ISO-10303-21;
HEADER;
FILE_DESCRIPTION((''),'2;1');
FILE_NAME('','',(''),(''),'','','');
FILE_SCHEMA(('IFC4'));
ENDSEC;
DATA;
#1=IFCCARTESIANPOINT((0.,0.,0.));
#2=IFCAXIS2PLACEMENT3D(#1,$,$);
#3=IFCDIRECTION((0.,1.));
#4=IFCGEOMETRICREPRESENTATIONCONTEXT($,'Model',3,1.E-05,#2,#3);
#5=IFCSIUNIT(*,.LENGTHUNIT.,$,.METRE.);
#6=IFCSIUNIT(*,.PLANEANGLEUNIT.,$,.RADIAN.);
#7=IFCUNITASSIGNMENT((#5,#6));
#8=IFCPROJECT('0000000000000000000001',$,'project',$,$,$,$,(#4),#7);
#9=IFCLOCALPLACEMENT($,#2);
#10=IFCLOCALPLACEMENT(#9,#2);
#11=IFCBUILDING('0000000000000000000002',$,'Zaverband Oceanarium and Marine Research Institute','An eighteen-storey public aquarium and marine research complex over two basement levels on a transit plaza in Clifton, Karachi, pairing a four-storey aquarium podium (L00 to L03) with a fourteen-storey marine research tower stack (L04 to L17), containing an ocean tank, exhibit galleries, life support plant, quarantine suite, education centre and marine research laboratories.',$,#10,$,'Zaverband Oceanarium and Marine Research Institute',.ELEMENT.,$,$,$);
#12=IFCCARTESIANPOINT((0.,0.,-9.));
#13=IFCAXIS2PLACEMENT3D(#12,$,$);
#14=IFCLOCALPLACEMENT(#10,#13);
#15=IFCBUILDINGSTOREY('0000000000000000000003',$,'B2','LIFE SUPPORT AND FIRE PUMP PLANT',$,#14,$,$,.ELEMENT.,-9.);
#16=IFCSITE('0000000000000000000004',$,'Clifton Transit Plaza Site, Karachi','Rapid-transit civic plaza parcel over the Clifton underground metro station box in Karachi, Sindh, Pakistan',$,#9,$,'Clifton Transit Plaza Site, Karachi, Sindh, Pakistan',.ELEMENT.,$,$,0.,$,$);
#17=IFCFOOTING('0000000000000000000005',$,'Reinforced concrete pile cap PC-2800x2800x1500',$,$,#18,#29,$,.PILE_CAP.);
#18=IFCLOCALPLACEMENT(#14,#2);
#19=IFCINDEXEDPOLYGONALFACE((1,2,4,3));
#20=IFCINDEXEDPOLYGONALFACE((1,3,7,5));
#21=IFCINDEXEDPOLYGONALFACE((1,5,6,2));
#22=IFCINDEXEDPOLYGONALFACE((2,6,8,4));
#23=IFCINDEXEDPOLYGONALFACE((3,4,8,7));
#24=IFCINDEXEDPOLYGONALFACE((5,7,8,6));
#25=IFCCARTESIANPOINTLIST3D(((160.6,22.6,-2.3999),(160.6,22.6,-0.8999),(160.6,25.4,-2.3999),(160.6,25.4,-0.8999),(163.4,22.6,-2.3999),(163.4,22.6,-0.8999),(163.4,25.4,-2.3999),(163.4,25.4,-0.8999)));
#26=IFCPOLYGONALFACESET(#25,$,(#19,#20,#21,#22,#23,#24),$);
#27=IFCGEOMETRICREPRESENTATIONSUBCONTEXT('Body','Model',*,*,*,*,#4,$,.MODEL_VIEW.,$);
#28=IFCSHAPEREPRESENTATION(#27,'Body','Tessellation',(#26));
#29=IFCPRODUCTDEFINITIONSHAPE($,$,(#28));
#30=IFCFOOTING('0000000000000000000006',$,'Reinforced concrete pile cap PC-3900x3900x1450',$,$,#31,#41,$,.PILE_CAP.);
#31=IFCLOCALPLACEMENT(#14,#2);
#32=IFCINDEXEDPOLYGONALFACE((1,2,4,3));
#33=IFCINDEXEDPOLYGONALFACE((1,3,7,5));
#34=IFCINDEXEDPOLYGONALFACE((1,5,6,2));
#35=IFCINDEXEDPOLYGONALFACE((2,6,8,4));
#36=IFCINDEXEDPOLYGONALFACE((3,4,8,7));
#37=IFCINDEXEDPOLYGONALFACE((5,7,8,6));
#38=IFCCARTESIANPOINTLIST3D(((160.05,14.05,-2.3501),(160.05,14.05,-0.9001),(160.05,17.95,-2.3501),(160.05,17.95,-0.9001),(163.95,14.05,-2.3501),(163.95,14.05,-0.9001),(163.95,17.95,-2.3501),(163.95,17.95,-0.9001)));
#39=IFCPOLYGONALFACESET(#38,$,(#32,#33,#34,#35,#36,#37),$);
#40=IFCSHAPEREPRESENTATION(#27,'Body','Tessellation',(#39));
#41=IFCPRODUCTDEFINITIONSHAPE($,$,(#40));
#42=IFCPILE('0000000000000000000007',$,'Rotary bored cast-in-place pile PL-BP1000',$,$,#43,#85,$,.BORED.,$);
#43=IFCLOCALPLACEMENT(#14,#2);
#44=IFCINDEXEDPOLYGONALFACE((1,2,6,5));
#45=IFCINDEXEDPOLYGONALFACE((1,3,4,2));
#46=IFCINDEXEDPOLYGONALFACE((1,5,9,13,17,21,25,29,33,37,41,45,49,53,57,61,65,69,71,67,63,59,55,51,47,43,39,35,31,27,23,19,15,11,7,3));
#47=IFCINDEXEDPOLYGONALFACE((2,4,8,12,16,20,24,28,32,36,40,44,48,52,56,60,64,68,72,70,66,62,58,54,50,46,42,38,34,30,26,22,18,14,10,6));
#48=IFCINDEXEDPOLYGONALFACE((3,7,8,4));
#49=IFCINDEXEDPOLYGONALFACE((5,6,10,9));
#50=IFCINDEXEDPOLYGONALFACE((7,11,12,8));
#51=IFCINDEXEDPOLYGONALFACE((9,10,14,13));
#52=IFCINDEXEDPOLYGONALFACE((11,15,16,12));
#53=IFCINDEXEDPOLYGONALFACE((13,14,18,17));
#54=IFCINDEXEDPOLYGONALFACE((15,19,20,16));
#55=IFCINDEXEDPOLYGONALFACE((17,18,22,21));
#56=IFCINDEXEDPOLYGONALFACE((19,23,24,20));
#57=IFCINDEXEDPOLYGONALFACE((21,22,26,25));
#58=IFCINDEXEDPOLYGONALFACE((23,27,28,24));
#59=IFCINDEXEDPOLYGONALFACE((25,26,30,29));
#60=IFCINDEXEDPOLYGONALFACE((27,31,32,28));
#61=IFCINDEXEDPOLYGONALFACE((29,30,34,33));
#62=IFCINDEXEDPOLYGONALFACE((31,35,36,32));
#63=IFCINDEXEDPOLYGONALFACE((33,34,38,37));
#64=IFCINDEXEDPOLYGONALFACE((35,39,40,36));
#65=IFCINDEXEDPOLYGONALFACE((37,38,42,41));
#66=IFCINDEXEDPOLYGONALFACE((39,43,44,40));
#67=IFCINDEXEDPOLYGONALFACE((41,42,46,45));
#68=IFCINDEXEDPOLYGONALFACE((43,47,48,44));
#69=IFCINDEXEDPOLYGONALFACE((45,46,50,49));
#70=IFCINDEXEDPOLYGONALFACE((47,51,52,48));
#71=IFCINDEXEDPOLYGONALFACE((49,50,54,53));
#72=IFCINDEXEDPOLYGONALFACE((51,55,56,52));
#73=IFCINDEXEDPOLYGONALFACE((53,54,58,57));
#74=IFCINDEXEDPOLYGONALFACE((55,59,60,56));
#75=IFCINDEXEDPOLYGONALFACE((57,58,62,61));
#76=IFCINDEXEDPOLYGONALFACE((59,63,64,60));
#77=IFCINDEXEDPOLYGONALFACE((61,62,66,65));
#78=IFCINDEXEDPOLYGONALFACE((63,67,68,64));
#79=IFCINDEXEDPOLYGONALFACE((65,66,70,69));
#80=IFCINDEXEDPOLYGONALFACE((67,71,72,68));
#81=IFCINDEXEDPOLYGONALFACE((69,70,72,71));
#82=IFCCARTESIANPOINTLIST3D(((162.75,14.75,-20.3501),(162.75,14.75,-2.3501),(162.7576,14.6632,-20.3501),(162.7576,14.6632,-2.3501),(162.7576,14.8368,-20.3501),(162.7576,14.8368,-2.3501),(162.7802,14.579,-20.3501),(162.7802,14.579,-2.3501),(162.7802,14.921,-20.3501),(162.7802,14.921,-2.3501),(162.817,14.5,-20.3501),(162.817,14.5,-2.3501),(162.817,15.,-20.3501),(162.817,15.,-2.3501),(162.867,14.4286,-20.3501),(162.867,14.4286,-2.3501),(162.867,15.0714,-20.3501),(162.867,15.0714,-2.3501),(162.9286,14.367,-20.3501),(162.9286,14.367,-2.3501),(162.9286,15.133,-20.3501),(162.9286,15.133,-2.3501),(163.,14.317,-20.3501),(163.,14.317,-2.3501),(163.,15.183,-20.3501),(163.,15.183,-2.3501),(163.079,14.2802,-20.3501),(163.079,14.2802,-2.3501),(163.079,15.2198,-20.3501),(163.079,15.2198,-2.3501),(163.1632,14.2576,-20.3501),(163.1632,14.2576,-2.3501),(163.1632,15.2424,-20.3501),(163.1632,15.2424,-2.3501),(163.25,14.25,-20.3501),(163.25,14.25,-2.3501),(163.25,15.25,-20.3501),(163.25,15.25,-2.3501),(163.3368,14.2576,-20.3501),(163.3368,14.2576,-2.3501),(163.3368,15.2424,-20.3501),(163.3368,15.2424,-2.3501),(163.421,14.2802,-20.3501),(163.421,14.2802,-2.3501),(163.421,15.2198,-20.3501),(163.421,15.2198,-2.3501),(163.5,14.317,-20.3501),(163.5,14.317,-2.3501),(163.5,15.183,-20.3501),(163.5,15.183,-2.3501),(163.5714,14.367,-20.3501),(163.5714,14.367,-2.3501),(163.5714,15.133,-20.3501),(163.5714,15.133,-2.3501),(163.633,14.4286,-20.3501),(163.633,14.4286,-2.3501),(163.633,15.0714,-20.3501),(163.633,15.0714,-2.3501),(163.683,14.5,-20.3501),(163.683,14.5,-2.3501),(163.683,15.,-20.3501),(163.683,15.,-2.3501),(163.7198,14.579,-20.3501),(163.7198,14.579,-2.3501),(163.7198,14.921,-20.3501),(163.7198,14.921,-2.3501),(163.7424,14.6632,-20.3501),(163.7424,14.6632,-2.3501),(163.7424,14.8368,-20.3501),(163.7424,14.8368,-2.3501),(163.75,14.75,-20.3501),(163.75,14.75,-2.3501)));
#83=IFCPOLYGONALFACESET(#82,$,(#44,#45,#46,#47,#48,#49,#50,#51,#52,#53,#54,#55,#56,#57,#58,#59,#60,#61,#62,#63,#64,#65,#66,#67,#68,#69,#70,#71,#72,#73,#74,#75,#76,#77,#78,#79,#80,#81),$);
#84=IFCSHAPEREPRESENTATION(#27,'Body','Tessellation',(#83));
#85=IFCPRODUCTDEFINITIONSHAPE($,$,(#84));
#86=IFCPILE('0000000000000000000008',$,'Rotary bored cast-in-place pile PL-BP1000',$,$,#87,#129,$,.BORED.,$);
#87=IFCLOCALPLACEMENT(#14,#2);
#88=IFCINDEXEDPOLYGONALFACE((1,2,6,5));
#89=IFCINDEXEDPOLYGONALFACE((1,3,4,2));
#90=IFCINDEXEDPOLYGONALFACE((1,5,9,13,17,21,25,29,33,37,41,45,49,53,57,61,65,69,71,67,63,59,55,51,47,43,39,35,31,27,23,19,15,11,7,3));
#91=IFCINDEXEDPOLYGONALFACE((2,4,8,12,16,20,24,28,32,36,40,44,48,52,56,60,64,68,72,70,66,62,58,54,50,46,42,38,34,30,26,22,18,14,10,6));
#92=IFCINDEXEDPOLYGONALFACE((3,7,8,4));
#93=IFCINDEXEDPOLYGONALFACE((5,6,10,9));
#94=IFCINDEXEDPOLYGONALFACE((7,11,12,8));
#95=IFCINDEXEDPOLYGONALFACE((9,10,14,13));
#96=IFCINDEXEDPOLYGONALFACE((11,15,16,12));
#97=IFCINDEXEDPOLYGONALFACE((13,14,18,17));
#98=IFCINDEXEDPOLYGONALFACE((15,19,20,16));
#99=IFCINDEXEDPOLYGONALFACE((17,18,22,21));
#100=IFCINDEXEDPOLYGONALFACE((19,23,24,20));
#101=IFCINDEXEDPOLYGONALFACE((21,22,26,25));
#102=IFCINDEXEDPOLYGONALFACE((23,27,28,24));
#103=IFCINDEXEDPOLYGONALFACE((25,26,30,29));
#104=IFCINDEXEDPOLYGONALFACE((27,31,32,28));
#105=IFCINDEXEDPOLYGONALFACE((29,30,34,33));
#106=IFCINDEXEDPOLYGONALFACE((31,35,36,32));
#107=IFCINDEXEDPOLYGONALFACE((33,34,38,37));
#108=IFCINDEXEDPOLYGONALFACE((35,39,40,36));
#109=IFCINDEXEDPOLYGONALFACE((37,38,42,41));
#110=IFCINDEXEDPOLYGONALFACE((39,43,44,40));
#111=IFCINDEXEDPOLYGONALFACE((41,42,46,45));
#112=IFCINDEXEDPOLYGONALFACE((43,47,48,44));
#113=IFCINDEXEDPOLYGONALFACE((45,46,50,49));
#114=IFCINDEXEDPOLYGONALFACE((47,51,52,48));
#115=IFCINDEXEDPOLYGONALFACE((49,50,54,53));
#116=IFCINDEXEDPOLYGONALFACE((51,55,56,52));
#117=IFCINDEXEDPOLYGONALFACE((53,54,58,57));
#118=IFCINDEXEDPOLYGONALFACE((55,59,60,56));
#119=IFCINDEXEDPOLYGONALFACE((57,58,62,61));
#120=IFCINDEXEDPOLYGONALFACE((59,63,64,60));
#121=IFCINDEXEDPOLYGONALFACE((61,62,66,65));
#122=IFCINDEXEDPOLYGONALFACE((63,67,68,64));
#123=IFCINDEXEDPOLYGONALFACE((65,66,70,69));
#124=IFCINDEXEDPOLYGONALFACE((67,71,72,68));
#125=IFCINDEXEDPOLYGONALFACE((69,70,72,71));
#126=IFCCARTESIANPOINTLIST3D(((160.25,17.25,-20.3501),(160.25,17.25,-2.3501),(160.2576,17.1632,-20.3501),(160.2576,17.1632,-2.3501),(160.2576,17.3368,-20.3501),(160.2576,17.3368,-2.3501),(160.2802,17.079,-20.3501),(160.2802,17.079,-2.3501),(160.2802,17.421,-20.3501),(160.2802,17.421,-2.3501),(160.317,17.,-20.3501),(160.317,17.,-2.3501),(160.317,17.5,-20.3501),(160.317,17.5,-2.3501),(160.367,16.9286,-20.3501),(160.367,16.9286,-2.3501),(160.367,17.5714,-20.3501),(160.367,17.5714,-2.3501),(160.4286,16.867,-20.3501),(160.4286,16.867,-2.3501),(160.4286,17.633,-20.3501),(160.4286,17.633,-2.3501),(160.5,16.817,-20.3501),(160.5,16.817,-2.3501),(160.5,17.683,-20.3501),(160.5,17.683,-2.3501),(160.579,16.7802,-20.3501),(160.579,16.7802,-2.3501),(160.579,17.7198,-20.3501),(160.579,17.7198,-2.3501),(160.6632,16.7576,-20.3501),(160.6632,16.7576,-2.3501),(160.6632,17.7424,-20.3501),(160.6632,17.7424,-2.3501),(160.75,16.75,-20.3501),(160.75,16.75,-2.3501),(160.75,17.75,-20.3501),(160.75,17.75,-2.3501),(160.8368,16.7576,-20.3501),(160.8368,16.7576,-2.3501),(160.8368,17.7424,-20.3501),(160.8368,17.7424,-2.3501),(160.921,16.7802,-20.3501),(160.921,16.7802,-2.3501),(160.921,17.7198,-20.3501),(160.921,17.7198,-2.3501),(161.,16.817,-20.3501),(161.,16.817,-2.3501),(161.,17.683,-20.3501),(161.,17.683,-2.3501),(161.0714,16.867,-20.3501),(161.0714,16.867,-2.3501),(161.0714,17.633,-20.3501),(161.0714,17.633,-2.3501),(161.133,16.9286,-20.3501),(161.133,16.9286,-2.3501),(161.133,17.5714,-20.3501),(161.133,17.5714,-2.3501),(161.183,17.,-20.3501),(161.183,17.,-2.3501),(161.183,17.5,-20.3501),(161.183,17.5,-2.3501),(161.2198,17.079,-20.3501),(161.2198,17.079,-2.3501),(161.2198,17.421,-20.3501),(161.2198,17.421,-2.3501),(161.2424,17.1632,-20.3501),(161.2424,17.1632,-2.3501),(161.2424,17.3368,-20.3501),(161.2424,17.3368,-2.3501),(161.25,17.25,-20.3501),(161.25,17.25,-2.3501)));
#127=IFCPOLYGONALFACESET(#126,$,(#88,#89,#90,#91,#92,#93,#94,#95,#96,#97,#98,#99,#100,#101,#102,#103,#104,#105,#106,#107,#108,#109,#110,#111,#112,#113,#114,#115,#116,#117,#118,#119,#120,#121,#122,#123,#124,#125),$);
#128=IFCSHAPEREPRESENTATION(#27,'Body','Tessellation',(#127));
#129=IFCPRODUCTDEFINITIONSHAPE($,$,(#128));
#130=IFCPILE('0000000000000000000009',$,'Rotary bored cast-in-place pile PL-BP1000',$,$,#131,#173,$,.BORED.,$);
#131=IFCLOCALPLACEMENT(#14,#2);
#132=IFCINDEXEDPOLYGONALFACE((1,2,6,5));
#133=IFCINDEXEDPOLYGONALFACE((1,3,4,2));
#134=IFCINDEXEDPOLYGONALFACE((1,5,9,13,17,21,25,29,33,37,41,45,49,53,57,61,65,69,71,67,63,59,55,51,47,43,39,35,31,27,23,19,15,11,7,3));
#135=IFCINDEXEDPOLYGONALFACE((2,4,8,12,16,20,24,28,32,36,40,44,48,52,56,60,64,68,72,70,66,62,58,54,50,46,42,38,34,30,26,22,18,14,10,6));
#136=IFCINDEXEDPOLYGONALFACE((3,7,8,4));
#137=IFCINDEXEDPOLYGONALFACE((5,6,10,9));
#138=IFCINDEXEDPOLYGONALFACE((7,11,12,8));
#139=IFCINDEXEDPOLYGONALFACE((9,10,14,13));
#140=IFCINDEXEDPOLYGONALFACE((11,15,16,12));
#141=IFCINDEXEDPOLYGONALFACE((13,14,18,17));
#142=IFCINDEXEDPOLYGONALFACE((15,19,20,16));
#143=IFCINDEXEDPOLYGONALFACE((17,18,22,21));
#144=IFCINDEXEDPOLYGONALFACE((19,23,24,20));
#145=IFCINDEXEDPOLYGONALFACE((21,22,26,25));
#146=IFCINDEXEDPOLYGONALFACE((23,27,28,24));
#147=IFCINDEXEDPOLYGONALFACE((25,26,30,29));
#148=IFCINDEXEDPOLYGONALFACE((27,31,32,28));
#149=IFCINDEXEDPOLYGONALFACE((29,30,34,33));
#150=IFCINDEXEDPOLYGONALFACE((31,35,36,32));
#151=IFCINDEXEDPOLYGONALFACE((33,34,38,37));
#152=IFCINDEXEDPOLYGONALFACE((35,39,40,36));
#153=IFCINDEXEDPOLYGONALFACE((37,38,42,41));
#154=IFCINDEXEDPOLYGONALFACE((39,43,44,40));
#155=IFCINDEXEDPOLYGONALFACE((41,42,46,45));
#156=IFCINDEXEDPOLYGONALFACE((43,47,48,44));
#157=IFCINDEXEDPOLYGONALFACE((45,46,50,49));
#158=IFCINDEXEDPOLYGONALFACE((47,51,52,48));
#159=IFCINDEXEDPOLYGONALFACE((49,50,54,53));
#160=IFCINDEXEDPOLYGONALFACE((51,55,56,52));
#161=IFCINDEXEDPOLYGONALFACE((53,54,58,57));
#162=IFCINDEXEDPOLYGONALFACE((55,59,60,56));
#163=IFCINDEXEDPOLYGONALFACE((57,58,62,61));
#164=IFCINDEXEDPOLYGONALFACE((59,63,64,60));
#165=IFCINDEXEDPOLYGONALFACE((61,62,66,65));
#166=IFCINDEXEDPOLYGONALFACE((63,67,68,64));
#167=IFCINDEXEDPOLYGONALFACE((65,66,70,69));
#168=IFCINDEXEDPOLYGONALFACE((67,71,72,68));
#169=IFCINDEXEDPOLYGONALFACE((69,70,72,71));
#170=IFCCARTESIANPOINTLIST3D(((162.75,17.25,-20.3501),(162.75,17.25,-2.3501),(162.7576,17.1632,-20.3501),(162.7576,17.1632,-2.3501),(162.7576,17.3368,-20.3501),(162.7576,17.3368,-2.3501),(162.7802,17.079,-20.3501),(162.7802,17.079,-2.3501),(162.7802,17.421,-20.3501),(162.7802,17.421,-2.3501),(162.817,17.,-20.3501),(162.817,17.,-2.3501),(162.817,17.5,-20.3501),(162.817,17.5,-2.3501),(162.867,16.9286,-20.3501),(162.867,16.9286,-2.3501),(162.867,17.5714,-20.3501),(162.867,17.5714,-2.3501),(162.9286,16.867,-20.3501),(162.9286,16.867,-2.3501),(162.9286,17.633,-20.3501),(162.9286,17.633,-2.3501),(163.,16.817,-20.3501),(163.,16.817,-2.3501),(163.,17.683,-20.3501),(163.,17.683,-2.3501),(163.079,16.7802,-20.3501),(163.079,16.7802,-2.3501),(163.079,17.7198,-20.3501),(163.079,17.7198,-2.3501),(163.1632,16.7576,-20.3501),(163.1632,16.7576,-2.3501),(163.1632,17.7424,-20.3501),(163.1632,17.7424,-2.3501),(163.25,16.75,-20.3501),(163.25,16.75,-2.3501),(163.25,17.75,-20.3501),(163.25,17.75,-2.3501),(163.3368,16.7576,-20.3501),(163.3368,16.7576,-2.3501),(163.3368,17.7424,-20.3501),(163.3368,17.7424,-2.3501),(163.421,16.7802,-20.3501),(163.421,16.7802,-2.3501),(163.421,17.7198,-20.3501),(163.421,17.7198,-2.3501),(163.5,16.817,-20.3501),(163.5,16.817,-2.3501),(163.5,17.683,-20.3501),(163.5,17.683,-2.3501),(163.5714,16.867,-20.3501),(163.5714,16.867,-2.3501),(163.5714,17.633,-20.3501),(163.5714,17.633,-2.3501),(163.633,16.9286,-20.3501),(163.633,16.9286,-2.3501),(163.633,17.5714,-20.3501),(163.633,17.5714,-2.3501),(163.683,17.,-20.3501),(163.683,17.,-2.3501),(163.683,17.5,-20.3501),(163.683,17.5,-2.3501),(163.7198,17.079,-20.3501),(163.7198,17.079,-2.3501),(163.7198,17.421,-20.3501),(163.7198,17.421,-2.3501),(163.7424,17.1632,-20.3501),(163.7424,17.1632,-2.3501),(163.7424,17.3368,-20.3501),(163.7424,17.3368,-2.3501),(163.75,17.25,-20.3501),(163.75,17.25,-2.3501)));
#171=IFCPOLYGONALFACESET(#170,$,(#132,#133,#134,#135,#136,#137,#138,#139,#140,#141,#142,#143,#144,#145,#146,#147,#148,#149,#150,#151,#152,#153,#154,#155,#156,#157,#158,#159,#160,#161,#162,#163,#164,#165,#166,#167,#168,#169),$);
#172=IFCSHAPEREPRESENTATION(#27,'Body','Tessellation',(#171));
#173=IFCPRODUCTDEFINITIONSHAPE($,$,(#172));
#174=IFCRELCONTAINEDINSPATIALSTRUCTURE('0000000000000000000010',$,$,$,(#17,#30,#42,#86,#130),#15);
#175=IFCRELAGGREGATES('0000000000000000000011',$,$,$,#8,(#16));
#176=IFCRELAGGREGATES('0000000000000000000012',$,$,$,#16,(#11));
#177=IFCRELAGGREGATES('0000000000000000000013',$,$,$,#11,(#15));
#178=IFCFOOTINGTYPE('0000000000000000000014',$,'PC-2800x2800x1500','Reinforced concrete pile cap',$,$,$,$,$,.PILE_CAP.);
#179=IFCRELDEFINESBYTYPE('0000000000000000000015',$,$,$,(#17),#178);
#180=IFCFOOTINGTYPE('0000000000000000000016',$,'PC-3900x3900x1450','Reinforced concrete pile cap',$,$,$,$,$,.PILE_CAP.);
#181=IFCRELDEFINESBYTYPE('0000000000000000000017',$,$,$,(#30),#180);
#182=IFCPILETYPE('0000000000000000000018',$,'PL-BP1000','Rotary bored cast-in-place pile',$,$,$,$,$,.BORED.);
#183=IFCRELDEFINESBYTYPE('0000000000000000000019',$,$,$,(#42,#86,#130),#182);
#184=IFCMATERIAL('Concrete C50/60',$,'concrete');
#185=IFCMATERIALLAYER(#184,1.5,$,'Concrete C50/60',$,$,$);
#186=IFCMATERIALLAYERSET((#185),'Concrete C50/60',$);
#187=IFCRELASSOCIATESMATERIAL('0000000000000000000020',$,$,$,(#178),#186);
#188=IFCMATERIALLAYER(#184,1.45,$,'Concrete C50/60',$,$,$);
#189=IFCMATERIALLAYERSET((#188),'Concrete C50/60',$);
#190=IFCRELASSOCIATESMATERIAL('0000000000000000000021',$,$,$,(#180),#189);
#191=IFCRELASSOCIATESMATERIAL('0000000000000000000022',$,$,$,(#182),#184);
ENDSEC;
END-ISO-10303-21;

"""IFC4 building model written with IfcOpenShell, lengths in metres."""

from ifc_helpers import new_model, si_unit, direction, frame, origin, origin_2d, place, context, subcontext, project, spatial, rectangle, circle, extrude, material, layer, layer_set, material_profile, profile_set, type_object, element, save


model = new_model("IFC4")

# Units and contexts
model_context = context("Model", 3, precision=1e-05, world=origin(), true_north=direction((0.0, 1.0)))
body_context = subcontext(model_context, "Body", "Model", "MODEL_VIEW")
ifc_project = project(units=[si_unit("LENGTHUNIT", "METRE"), si_unit("PLANEANGLEUNIT", "RADIAN")], contexts=[model_context])

# Site, building, storey
site_placement = place(None, origin())
site = spatial("IfcSite", under=ifc_project, at=site_placement, Name="Clifton Transit Plaza Site, Karachi", Description="Rapid-transit civic plaza parcel over the Clifton underground metro station box in Karachi, Sindh, Pakistan", LongName="Clifton Transit Plaza Site, Karachi, Sindh, Pakistan", CompositionType="ELEMENT", RefElevation=0.0)
building_placement = place(site_placement, origin())
building = spatial("IfcBuilding", under=site, at=building_placement, Name="Zaverband Oceanarium and Marine Research Institute", Description="An eighteen-storey public aquarium and marine research complex over two basement levels on a transit plaza in Clifton, Karachi, pairing a four-storey aquarium podium (L00 to L03) with a fourteen-storey marine research tower stack (L04 to L17), containing an ocean tank, exhibit galleries, life support plant, quarantine suite, education centre and marine research laboratories.", LongName="Zaverband Oceanarium and Marine Research Institute", CompositionType="ELEMENT")
storey_placement = place(building_placement, frame((0.0, 0.0, -9.0)))
storey = spatial("IfcBuildingStorey", under=building, at=storey_placement, Name="B2", Description="LIFE SUPPORT AND FIRE PUMP PLANT", CompositionType="ELEMENT", Elevation=-9.0)

# Footings
ifc_material_1 = material(Name="Concrete C50/60", Category="concrete")
ifc_layer_1 = layer(ifc_material_1, 1.5, Name="Concrete C50/60")
ifc_layer_set_1 = layer_set([ifc_layer_1], Name="Concrete C50/60")
footing_type_1 = type_object("IfcFootingType", Name="PC-2800x2800x1500", Description="Reinforced concrete pile cap", PredefinedType="PILE_CAP", material=ifc_layer_set_1)
footing_1_placement = place(storey_placement, frame((162.0, 24.0, -2.3999), z_axis=(0.0, 0.0, 1.0), x_axis=(1.0, 0.0, 0.0)))
element("IfcFooting", 1, at=footing_1_placement, inside=storey, type_object=footing_type_1, Name="Reinforced concrete pile cap PC-2800x2800x1500", PredefinedType="PILE_CAP", context=body_context, shape_type="SweptSolid", body=[
    extrude(rectangle(XDim=2.8, YDim=2.8, at=origin_2d()), origin(), (0.0, 0.0, 1.0), 1.5),
])
ifc_layer_2 = layer(ifc_material_1, 1.45, Name="Concrete C50/60")
ifc_layer_set_2 = layer_set([ifc_layer_2], Name="Concrete C50/60")
footing_type_2 = type_object("IfcFootingType", Name="PC-3900x3900x1450", Description="Reinforced concrete pile cap", PredefinedType="PILE_CAP", material=ifc_layer_set_2)
footing_2_placement = place(storey_placement, frame((162.0, 16.0, -2.3501), z_axis=(0.0, 0.0, 1.0), x_axis=(1.0, 0.0, 0.0)))
element("IfcFooting", 2, at=footing_2_placement, inside=storey, type_object=footing_type_2, Name="Reinforced concrete pile cap PC-3900x3900x1450", PredefinedType="PILE_CAP", context=body_context, shape_type="SweptSolid", body=[
    extrude(rectangle(XDim=3.8999, YDim=3.8999, at=origin_2d()), origin(), (0.0, 0.0, 1.0), 1.45),
])

# Piles
ifc_material_profile_1 = material_profile(ifc_material_1, circle(Radius=0.5, at=origin_2d()), Name="BP1000")
ifc_profile_set_1 = profile_set([ifc_material_profile_1], Name="Concrete C50/60")
pile_type_1 = type_object("IfcPileType", Name="PL-BP1000", Description="Rotary bored cast-in-place pile", PredefinedType="BORED", material=ifc_profile_set_1)
for number, where, z_axis, x_axis, name in (
    (3, (163.25, 14.75, -2.3501), (0.0, 0.0, -1.0), (1.0, 0.0, 0.0), "Rotary bored cast-in-place pile PL-BP1000"),
    (4, (160.75, 17.25, -2.3501), (0.0, 0.0, -1.0), (1.0, 0.0, 0.0), "Rotary bored cast-in-place pile PL-BP1000"),
    (5, (163.25, 17.25, -2.3501), (0.0, 0.0, -1.0), (1.0, 0.0, 0.0), "Rotary bored cast-in-place pile PL-BP1000"),
):
    element("IfcPile", number, at=place(storey_placement, frame(where, z_axis=z_axis, x_axis=x_axis)), inside=storey, type_object=pile_type_1, Name=name, PredefinedType="BORED", context=body_context, shape_type="SweptSolid", body=[
        extrude(circle(Radius=0.5, at=origin_2d()), origin(), (0.0, 0.0, 1.0), 18.0),
    ])

save(model, "model.ifc")
